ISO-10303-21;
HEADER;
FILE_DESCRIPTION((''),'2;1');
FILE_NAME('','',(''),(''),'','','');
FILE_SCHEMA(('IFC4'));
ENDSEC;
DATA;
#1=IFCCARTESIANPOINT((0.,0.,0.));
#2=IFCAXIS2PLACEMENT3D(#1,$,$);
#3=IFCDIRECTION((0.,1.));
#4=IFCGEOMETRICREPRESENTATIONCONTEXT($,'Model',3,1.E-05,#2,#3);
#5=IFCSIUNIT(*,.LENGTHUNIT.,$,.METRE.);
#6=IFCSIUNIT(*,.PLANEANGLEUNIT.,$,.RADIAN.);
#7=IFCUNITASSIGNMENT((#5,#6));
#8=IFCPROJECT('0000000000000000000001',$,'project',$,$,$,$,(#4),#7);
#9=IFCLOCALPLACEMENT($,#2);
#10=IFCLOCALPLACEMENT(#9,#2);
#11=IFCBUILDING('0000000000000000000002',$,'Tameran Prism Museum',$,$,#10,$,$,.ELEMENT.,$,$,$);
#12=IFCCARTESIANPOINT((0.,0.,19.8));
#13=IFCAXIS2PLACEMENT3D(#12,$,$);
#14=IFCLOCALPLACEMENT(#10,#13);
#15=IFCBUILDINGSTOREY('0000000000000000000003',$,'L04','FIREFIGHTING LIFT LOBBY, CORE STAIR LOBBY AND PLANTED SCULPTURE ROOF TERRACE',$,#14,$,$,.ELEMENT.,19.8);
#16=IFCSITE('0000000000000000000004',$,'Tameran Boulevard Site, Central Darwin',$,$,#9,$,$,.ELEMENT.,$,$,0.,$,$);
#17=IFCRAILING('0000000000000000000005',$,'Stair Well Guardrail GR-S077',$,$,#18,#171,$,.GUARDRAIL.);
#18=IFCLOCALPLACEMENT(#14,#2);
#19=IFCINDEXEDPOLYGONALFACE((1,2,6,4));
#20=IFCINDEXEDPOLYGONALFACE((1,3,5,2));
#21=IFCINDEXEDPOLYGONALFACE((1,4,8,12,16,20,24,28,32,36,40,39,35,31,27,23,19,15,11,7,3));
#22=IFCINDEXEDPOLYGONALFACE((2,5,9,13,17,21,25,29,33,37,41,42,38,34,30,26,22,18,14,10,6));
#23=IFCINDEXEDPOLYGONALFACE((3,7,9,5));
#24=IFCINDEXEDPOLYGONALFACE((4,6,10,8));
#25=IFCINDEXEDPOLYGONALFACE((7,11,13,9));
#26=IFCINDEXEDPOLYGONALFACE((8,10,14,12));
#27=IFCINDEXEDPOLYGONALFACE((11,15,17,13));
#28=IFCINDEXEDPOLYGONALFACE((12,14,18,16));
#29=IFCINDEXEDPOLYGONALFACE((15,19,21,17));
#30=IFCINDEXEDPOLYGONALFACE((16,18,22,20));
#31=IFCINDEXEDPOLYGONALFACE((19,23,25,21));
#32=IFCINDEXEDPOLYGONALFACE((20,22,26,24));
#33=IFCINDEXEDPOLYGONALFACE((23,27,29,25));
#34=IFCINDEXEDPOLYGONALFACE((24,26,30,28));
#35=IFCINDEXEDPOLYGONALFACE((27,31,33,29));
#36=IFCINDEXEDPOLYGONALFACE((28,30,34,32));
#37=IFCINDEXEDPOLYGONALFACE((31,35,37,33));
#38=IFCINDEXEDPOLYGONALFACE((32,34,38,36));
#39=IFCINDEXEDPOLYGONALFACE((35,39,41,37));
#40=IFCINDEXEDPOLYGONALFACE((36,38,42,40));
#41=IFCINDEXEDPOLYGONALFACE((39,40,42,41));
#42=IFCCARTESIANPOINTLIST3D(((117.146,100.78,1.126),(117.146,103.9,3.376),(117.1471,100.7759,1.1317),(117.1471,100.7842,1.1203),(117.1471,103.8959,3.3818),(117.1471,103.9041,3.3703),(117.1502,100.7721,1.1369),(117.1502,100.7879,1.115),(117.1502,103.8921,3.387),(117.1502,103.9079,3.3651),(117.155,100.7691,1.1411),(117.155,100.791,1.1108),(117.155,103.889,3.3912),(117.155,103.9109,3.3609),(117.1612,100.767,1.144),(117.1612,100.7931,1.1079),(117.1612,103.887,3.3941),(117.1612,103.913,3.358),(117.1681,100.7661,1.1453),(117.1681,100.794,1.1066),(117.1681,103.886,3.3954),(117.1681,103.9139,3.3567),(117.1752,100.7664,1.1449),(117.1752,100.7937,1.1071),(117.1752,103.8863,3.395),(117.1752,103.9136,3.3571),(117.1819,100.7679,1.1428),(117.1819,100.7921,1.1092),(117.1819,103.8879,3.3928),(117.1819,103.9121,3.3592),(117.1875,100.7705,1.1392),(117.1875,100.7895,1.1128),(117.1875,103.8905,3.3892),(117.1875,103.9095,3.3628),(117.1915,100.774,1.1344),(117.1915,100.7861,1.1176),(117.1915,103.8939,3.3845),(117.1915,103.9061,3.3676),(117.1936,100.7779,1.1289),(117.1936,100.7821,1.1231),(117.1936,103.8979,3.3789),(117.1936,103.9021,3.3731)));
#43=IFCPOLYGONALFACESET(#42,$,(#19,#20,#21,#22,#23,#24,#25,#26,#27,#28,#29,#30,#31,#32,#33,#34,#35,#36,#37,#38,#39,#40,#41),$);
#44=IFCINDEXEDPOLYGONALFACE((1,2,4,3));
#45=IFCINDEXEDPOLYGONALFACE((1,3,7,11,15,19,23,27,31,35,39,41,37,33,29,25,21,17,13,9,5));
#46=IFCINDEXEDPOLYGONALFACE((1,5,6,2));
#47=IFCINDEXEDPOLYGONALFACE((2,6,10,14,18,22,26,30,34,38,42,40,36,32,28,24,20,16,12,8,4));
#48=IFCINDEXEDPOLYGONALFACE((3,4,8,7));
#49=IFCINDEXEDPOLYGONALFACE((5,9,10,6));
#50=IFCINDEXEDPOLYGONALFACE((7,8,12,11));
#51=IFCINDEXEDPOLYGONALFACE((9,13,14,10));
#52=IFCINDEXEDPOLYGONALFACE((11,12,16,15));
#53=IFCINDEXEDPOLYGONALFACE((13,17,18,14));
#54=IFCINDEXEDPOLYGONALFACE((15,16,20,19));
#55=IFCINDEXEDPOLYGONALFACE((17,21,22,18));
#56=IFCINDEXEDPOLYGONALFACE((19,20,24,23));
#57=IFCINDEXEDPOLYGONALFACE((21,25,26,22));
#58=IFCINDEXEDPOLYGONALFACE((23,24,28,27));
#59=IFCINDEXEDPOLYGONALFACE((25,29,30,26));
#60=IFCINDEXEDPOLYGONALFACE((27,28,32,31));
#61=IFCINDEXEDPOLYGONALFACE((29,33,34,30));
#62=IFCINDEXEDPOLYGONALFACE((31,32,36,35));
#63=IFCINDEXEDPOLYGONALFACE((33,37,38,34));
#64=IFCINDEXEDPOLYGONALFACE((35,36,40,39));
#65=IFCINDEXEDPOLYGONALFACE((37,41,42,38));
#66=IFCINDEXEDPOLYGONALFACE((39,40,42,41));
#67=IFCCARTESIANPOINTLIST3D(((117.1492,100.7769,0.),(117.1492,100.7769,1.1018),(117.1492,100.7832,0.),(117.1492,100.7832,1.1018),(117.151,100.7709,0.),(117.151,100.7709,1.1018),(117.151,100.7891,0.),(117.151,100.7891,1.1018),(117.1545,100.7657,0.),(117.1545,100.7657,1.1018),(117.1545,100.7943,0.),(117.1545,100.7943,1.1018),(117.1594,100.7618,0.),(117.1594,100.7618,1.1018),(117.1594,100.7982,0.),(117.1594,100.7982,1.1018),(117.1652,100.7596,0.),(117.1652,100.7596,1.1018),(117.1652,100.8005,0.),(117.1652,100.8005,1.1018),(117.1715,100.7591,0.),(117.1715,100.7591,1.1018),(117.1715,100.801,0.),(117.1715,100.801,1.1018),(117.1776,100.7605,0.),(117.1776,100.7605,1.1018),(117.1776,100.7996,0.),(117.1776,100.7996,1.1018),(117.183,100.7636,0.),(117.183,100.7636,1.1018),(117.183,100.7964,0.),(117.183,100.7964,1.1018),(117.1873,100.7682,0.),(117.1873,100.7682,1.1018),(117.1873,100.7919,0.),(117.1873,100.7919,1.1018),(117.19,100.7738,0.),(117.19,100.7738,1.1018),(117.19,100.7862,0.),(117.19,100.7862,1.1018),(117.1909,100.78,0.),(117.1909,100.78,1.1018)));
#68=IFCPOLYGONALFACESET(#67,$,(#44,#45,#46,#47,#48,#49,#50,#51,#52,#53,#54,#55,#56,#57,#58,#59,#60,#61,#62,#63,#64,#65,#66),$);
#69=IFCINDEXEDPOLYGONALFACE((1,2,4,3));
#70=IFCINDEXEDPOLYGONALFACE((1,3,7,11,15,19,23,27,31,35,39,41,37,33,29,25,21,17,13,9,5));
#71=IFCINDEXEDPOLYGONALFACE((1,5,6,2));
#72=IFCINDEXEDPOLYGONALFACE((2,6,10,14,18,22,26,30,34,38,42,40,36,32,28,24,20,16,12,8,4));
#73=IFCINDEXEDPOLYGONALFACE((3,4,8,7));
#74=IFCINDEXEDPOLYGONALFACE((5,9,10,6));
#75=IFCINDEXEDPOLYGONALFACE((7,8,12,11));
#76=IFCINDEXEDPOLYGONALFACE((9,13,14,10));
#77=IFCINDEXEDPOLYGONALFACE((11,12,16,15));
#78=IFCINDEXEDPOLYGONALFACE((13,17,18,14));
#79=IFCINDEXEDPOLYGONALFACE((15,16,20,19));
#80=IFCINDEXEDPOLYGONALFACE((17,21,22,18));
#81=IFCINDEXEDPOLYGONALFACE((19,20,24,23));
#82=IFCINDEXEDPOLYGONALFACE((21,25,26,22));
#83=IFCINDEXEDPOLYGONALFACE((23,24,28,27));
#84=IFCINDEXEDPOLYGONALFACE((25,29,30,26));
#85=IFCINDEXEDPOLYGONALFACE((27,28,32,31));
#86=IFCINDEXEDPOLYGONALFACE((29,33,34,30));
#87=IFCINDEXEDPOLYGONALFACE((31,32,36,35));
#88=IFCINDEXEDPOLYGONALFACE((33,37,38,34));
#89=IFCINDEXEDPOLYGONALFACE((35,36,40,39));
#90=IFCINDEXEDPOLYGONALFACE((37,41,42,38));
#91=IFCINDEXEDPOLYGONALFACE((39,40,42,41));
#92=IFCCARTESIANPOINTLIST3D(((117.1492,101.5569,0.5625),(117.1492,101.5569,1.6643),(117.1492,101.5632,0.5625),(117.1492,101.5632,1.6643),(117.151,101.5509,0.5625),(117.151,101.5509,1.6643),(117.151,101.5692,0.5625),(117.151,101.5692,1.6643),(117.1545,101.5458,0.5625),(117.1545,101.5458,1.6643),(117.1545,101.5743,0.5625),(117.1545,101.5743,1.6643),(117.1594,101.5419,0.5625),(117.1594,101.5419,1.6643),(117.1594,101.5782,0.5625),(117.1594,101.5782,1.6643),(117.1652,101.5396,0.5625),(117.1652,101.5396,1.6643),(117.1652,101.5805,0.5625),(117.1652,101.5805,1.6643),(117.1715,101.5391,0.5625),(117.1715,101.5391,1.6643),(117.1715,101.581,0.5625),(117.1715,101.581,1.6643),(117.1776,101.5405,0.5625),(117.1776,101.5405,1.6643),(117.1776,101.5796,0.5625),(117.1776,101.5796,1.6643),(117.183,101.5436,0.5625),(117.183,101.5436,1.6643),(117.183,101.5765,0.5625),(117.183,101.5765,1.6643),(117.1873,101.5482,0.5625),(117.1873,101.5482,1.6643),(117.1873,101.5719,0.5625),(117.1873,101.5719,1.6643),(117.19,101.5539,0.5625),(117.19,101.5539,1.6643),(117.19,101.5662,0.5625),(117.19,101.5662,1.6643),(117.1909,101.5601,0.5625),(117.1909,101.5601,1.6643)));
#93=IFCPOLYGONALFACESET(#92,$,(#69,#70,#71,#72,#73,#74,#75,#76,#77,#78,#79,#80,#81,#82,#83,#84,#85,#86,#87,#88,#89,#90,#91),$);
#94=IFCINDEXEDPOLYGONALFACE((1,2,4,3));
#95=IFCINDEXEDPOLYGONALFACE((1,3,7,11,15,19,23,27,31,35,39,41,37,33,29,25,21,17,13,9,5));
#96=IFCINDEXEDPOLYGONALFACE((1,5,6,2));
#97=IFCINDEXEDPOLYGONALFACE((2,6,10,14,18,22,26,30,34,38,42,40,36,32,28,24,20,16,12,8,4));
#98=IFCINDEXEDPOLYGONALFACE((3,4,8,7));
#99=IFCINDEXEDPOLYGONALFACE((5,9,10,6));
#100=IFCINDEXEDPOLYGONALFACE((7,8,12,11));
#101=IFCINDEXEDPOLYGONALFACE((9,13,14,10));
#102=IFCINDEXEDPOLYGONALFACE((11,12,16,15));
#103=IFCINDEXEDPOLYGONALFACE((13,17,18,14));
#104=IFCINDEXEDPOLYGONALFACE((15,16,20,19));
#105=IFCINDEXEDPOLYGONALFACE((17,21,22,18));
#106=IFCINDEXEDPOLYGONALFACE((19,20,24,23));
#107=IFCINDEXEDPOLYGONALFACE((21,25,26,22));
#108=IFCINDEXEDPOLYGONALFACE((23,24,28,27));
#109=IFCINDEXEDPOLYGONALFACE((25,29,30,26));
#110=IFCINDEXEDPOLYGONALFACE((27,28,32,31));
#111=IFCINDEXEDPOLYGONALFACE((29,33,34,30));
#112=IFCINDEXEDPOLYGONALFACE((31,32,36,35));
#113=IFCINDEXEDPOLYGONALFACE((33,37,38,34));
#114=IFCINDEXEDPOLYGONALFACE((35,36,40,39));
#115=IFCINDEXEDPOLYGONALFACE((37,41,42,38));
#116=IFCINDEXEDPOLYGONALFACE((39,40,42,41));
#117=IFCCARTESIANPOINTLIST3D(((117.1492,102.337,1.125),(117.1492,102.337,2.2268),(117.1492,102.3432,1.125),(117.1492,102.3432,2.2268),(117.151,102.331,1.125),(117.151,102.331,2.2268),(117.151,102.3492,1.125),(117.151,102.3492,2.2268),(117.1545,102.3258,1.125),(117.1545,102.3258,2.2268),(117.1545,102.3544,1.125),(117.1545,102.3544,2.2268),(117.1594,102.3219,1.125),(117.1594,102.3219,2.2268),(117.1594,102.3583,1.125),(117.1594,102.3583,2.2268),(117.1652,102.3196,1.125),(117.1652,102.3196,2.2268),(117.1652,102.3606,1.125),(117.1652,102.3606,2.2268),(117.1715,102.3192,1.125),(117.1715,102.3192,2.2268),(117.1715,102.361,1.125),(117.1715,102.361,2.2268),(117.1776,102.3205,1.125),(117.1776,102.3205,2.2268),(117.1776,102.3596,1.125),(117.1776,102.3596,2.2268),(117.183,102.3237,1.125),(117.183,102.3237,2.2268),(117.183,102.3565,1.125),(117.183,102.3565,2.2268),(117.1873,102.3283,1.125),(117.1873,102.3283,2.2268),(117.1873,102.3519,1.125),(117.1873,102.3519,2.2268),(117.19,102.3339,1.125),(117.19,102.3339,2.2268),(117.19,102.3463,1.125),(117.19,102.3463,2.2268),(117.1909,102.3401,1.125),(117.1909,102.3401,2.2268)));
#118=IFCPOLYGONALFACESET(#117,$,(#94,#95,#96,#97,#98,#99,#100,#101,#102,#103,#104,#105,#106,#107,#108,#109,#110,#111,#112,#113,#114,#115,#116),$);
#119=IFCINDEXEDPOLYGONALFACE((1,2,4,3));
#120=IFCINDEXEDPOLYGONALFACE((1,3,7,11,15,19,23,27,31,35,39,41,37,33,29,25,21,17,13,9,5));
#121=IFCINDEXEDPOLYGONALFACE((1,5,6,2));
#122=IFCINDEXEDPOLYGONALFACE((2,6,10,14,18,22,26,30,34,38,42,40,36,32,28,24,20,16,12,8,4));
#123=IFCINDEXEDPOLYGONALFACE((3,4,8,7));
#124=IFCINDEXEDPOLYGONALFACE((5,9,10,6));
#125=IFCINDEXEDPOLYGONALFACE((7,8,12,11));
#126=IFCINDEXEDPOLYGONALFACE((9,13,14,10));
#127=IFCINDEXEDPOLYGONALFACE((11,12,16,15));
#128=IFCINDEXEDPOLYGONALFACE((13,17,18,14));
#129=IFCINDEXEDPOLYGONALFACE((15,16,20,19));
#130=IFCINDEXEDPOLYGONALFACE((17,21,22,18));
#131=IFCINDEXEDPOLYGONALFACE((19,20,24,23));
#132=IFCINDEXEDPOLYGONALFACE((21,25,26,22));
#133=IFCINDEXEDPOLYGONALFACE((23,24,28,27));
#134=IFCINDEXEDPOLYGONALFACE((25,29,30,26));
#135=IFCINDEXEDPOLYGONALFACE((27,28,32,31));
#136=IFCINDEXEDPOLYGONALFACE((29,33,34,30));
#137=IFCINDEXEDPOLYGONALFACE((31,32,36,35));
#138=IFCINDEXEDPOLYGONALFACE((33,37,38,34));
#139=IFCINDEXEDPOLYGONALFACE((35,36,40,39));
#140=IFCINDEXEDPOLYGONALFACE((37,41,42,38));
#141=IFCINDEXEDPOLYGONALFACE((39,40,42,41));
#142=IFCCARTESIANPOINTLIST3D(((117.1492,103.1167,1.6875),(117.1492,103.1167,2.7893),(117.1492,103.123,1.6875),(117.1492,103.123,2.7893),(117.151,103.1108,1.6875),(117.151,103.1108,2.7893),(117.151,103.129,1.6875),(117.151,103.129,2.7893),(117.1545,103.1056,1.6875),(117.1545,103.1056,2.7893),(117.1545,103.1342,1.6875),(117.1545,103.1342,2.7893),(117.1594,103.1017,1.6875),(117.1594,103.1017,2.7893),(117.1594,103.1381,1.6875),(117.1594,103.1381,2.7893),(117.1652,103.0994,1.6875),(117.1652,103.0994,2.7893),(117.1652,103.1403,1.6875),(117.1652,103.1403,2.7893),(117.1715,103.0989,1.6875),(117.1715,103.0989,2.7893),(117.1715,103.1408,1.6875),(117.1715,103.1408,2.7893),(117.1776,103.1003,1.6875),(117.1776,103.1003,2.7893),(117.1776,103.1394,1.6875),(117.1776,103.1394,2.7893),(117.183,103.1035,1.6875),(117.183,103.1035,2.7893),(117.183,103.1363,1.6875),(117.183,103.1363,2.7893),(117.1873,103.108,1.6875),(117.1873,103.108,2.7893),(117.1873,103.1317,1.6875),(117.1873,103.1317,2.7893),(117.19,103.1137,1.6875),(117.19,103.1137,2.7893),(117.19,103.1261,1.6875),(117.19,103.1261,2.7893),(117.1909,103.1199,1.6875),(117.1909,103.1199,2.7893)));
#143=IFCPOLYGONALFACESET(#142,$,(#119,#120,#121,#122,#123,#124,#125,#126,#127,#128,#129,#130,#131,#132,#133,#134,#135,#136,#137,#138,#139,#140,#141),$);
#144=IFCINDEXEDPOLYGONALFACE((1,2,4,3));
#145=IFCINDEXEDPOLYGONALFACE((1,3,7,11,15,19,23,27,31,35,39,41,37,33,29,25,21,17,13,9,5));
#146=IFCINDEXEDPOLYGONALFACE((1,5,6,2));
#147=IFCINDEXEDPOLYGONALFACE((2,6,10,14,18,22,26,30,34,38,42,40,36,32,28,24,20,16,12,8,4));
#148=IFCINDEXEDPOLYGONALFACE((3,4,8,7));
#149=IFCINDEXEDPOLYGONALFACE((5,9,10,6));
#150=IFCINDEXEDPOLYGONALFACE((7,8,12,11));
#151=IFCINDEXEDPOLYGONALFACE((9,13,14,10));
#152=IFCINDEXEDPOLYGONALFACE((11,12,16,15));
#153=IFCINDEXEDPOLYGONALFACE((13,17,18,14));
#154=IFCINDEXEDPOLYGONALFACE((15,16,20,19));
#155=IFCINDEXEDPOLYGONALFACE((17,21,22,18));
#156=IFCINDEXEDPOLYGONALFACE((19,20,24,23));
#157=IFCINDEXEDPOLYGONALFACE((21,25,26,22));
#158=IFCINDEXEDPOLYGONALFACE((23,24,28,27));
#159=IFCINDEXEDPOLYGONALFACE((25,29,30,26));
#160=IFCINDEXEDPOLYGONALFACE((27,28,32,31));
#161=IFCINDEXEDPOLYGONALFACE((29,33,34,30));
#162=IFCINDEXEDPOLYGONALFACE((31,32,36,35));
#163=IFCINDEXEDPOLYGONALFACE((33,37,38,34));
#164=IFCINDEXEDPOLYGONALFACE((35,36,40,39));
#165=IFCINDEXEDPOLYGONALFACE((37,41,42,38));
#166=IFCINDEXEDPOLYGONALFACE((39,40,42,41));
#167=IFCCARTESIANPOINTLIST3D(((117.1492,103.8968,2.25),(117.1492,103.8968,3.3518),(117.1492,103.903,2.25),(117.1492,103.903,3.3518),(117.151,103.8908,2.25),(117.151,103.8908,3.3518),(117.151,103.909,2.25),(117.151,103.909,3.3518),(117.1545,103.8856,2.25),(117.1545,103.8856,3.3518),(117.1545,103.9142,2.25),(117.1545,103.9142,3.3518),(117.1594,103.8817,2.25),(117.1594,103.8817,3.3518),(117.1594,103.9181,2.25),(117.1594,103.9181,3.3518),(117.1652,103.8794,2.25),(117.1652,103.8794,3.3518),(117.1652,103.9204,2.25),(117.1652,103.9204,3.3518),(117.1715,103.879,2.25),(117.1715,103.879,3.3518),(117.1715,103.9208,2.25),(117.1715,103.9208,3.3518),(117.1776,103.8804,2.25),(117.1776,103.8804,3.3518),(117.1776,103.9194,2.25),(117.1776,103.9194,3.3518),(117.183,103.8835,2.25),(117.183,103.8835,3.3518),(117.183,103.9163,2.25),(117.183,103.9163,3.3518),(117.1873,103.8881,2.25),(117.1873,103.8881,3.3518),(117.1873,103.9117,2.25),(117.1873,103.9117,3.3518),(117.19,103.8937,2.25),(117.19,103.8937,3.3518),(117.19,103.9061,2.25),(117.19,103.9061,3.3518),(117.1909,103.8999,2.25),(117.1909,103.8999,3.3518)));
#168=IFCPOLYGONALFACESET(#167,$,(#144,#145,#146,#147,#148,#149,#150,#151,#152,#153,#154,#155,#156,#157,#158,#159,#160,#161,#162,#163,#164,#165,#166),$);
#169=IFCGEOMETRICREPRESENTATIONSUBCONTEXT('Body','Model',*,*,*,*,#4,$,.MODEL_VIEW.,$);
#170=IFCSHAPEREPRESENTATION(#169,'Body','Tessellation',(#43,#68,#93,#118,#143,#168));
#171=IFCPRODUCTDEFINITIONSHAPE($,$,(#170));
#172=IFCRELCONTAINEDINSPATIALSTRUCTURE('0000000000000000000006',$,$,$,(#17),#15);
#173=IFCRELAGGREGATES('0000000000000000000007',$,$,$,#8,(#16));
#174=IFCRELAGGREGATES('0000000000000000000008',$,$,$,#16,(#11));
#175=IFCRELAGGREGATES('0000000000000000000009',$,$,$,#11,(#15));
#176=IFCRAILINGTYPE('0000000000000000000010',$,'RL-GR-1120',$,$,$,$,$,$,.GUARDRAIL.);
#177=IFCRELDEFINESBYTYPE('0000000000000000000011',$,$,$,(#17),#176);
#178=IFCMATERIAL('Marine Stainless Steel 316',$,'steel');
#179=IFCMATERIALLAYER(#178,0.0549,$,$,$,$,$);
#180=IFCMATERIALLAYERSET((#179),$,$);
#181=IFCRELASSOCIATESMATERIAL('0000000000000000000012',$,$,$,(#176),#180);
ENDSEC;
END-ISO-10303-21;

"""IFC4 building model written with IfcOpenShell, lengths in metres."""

from ifc_helpers import new_model, si_unit, direction, frame, origin, origin_2d, place, context, subcontext, project, spatial, circle, extrude, material, layer, layer_set, type_object, element, save


model = new_model("IFC4")

# Units and contexts
model_context = context("Model", 3, precision=1e-05, world=origin(), true_north=direction((0.0, 1.0)))
body_context = subcontext(model_context, "Body", "Model", "MODEL_VIEW")
ifc_project = project(units=[si_unit("LENGTHUNIT", "METRE"), si_unit("PLANEANGLEUNIT", "RADIAN")], contexts=[model_context])

# Site, building, storey
site_placement = place(None, origin())
site = spatial("IfcSite", under=ifc_project, at=site_placement, Name="Tameran Boulevard Site, Central Darwin", CompositionType="ELEMENT", RefElevation=0.0)
building_placement = place(site_placement, origin())
building = spatial("IfcBuilding", under=site, at=building_placement, Name="Tameran Prism Museum", CompositionType="ELEMENT")
storey_placement = place(building_placement, frame((0.0, 0.0, 19.8)))
storey = spatial("IfcBuildingStorey", under=building, at=storey_placement, Name="L04", Description="FIREFIGHTING LIFT LOBBY, CORE STAIR LOBBY AND PLANTED SCULPTURE ROOF TERRACE", CompositionType="ELEMENT", Elevation=19.8)

# Railing
ifc_material_1 = material(Name="Marine Stainless Steel 316", Category="steel")
ifc_layer_1 = layer(ifc_material_1, 0.0549)
ifc_layer_set_1 = layer_set([ifc_layer_1])
railing_type_1 = type_object("IfcRailingType", Name="RL-GR-1120", PredefinedType="GUARDRAIL", material=ifc_layer_set_1)
railing_1_placement = place(storey_placement, frame((117.1699, 100.78, 0.0)))
element("IfcRailing", 1, at=railing_1_placement, inside=storey, type_object=railing_type_1, Name="Stair Well Guardrail GR-S077", PredefinedType="GUARDRAIL", context=body_context, shape_type="SweptSolid", body=[
    extrude(circle(Radius=0.0239, at=origin_2d()), frame((0.0, 0.0, 1.126), z_axis=(0.0, 0.811079, 0.584937), x_axis=(-1.0, 0.0, 0.0)), (0.0, 0.0, 1.0), 3.8467),
    extrude(circle(Radius=0.021, at=origin_2d()), origin(), (0.0, 0.0, 1.0), 1.1018),
    extrude(circle(Radius=0.021, at=origin_2d()), frame((0.0, 0.78, 0.5625)), (0.0, 0.0, 1.0), 1.1018),
    extrude(circle(Radius=0.021, at=origin_2d()), frame((0.0, 1.5601, 1.125)), (0.0, 0.0, 1.0), 1.1018),
    extrude(circle(Radius=0.021, at=origin_2d()), frame((0.0, 2.3398, 1.6875)), (0.0, 0.0, 1.0), 1.1018),
    extrude(circle(Radius=0.021, at=origin_2d()), frame((0.0, 3.1199, 2.25)), (0.0, 0.0, 1.0), 1.1018),
])

save(model, "model.ifc")
